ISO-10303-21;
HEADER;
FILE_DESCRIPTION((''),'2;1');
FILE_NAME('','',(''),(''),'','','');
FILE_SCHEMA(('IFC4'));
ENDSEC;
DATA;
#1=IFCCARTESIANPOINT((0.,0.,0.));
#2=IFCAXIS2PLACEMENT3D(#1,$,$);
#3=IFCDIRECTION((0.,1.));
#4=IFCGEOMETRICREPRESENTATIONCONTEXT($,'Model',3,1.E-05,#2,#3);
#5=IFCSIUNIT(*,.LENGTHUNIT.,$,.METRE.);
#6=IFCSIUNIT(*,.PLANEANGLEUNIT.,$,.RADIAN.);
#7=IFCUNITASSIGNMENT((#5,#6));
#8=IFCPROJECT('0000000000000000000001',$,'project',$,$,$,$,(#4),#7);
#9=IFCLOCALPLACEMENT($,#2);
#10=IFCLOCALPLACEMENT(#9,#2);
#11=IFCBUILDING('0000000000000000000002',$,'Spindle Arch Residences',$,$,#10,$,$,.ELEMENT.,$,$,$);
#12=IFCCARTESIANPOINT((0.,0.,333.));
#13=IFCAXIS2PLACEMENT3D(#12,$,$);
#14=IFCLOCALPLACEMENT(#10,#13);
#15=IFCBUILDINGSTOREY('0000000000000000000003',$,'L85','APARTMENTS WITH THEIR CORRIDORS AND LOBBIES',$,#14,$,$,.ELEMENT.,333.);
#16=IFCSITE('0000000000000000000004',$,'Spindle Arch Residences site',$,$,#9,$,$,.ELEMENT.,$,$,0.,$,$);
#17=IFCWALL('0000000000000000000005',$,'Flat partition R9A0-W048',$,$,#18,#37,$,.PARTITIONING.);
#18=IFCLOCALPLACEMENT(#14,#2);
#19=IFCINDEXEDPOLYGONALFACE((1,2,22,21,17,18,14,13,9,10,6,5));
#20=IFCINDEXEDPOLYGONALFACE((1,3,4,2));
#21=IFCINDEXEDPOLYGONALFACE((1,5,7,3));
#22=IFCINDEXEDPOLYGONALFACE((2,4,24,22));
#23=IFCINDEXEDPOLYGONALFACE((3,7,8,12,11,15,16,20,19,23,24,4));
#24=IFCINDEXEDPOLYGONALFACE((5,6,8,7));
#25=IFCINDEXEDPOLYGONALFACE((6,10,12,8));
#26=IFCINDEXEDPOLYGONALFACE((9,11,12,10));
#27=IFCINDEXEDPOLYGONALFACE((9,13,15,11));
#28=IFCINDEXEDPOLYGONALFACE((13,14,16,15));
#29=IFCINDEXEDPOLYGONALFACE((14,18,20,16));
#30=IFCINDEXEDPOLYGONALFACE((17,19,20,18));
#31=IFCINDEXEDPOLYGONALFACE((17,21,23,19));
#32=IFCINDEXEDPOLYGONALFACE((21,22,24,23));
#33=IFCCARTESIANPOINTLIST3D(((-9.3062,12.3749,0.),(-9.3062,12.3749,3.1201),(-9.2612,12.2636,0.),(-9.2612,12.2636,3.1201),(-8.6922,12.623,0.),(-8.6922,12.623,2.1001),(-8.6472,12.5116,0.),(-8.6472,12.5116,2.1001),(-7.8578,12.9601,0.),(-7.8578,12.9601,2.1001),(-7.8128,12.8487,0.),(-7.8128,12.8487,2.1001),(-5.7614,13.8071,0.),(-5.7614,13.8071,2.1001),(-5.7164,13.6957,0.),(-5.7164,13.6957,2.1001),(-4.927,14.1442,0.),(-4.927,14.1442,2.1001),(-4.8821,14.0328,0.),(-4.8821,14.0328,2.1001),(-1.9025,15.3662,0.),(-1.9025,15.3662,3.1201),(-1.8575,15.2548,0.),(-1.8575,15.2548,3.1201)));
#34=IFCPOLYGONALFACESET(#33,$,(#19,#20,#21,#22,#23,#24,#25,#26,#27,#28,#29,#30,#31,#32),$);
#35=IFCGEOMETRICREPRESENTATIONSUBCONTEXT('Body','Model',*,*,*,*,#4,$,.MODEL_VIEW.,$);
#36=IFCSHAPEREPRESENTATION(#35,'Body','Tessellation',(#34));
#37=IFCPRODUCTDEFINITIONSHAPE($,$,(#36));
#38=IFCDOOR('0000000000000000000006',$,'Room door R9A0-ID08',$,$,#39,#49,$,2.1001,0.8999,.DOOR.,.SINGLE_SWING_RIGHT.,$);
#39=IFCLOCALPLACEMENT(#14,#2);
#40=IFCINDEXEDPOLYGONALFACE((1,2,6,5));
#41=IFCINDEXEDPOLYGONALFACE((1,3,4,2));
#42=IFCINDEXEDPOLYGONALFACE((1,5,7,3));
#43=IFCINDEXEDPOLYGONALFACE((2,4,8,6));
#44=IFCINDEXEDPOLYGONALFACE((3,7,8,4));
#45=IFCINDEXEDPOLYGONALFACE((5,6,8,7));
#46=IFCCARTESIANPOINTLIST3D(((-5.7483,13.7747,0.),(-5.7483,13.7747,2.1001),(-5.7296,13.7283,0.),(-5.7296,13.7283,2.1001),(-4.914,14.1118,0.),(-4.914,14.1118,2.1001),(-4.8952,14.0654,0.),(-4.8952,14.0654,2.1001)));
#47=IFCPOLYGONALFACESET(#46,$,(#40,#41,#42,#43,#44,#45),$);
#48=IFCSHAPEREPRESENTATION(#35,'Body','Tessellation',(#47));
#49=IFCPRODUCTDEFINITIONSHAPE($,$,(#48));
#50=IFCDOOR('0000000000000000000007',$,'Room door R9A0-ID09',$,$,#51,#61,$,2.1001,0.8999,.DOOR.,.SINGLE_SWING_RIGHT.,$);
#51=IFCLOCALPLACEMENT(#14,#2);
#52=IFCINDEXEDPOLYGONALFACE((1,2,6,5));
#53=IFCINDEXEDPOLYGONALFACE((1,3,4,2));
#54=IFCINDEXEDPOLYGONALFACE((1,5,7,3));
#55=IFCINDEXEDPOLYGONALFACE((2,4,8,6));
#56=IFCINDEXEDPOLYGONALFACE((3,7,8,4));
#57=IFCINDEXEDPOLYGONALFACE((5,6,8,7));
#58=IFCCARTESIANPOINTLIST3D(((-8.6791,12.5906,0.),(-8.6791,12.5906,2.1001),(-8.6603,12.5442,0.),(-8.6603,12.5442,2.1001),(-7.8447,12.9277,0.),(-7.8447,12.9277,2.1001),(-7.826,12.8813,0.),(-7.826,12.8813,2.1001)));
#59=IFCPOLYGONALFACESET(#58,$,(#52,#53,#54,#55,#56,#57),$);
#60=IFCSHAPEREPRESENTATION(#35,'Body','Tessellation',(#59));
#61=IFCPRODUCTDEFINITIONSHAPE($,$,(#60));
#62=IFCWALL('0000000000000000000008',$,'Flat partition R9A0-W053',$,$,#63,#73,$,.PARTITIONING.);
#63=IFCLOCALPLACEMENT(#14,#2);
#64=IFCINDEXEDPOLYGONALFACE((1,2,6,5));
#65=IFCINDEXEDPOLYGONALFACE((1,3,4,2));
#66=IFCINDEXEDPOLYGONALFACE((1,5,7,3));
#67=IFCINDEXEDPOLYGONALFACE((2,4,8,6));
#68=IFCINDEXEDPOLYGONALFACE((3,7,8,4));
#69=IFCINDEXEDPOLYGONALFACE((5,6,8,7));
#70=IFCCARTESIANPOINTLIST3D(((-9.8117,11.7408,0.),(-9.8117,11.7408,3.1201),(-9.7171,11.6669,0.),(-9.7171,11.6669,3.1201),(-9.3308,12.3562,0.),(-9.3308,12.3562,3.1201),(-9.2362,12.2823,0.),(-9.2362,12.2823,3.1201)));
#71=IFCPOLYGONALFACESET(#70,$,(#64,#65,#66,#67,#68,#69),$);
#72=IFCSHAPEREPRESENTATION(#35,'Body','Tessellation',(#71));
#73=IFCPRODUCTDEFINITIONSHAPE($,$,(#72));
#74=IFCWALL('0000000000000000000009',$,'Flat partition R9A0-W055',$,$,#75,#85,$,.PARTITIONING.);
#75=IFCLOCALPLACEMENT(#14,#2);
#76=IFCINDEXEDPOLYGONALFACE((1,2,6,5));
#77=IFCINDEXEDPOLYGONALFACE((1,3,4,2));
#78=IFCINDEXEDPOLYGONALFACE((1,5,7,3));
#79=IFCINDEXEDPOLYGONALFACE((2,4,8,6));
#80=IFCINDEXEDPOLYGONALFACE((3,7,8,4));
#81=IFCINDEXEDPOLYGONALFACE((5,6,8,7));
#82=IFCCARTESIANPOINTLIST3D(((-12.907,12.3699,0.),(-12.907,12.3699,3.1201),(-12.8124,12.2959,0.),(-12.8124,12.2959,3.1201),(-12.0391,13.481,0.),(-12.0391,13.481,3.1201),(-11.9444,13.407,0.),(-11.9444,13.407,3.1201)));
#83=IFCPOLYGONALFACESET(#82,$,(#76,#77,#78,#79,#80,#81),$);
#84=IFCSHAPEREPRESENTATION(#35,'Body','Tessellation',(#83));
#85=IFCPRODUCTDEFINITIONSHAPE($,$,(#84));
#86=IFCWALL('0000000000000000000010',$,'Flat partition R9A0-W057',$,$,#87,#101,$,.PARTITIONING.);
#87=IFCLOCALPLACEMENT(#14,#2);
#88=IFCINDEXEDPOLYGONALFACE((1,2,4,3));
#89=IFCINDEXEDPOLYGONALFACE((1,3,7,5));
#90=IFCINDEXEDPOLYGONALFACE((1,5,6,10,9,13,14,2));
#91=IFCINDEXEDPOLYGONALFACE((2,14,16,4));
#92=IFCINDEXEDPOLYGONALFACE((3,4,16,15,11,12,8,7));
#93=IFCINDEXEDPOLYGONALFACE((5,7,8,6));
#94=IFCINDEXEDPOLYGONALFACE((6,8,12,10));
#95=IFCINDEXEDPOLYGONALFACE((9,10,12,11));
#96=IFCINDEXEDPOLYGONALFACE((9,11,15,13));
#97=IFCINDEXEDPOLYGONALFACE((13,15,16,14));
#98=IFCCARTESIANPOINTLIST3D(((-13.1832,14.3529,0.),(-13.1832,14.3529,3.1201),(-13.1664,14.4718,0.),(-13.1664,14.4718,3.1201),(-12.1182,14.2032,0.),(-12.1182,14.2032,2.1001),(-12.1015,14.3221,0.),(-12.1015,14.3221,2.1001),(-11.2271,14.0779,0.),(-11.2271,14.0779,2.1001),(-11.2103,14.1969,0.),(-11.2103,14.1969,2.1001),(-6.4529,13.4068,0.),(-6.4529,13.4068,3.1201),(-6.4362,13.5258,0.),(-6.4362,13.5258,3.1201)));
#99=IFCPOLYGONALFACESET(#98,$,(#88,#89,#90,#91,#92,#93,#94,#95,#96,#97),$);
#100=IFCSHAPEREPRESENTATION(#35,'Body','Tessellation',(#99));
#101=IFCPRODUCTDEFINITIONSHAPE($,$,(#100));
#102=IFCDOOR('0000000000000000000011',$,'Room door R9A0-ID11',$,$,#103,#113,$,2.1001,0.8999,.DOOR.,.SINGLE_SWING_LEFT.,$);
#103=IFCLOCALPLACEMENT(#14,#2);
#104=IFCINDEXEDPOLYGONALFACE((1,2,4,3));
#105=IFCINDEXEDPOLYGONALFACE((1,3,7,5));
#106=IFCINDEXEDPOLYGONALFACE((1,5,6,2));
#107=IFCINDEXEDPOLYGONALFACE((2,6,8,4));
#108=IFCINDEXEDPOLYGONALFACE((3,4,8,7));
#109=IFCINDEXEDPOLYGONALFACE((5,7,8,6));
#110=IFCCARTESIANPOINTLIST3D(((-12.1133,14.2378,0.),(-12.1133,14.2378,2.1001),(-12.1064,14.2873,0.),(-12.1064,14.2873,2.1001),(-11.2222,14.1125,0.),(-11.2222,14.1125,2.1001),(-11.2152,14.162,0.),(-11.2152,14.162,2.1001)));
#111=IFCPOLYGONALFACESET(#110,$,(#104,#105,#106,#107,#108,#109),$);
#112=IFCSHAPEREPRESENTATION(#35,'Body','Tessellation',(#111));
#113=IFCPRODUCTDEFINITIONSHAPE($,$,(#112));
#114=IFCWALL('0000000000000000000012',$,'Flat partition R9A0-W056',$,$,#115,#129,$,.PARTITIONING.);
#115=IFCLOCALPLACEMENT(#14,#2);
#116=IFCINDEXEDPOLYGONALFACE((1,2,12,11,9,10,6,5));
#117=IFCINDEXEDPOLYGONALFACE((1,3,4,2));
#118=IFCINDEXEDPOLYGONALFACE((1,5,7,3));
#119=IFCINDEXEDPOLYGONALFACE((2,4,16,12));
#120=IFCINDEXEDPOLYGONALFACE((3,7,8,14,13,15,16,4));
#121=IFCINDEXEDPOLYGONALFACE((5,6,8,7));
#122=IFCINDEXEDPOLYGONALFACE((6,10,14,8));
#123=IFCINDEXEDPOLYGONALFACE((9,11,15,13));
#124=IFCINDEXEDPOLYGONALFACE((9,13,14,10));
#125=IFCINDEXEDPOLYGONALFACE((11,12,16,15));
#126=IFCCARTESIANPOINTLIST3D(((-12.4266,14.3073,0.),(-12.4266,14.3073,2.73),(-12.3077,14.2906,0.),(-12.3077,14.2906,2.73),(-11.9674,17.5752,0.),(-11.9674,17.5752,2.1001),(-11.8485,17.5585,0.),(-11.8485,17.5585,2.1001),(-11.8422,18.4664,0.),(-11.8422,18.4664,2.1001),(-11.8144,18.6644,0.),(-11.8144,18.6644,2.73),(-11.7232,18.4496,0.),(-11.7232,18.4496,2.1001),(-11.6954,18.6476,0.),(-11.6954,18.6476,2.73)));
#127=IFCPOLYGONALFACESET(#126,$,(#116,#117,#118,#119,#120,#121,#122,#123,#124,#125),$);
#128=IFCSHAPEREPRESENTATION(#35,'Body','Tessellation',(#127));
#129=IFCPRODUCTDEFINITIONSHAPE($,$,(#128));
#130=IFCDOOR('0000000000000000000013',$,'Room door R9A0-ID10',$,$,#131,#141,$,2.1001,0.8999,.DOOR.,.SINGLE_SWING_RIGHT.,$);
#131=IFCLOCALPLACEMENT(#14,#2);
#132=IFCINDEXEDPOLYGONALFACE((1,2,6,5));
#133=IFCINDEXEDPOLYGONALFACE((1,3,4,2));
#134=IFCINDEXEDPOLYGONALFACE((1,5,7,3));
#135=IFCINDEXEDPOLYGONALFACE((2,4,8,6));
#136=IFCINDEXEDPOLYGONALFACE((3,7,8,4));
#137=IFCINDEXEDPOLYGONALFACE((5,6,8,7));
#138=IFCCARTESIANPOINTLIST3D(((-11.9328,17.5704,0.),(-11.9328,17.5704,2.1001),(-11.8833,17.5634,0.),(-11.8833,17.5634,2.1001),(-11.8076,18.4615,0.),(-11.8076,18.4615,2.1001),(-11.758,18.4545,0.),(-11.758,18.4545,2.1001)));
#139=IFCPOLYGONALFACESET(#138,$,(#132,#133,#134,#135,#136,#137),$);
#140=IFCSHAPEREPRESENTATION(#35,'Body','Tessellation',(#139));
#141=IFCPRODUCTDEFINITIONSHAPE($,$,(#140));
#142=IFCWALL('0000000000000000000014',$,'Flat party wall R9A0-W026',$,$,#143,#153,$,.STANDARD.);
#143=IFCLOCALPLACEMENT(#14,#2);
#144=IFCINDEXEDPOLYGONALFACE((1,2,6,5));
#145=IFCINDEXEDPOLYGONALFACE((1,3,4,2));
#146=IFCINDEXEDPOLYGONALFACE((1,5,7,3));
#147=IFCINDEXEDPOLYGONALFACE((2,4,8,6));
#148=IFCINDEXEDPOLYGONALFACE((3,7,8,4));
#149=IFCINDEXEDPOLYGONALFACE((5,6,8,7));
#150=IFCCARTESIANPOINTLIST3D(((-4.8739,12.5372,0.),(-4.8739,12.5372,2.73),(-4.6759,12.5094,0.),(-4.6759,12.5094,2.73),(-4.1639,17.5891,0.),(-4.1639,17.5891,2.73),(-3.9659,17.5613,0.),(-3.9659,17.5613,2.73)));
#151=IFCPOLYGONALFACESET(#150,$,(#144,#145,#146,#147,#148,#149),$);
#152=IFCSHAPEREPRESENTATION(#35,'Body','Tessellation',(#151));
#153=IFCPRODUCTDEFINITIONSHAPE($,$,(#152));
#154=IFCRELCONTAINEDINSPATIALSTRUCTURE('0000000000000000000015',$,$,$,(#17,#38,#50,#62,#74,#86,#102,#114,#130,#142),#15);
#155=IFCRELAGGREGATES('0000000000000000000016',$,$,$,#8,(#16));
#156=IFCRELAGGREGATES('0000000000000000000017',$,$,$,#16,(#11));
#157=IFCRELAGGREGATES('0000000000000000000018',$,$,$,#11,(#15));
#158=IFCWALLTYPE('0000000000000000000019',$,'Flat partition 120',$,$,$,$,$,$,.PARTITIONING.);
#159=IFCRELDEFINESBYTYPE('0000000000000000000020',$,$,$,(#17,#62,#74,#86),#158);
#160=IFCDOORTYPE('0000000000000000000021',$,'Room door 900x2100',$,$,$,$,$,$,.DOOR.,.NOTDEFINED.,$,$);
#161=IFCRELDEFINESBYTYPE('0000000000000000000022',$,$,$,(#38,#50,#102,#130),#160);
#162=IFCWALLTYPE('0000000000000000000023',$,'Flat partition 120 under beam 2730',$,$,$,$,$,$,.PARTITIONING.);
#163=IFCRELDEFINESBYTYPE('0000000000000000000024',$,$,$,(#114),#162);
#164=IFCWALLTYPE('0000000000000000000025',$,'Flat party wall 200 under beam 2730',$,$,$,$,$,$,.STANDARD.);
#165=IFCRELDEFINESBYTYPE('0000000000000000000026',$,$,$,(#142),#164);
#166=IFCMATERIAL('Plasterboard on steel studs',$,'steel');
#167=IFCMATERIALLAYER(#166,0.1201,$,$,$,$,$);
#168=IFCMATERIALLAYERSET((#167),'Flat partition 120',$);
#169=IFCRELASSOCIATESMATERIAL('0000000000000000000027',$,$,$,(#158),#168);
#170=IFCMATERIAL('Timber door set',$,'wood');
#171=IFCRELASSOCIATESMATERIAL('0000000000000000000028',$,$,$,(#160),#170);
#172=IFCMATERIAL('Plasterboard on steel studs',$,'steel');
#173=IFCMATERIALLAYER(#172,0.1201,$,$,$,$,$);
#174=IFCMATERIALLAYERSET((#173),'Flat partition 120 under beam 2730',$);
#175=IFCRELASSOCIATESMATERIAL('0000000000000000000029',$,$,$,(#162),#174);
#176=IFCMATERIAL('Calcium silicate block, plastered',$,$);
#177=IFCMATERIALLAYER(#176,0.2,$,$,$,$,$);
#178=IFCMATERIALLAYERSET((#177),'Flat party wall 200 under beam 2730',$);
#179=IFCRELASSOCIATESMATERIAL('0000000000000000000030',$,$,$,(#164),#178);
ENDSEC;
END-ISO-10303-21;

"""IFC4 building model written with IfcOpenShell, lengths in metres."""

from ifc_helpers import new_model, si_unit, direction, frame, frame_2d, origin, place, context, subcontext, project, spatial, rectangle, extrude, material, layer, layer_set, type_object, element, fill, save


model = new_model("IFC4")

# Units and contexts
model_context = context("Model", 3, precision=1e-05, world=origin(), true_north=direction((0.0, 1.0)))
body_context = subcontext(model_context, "Body", "Model", "MODEL_VIEW")
ifc_project = project(units=[si_unit("LENGTHUNIT", "METRE"), si_unit("PLANEANGLEUNIT", "RADIAN")], contexts=[model_context])

# Site, building, storey
site_placement = place(None, origin())
site = spatial("IfcSite", under=ifc_project, at=site_placement, Name="Spindle Arch Residences site", CompositionType="ELEMENT", RefElevation=0.0)
building_placement = place(site_placement, origin())
building = spatial("IfcBuilding", under=site, at=building_placement, Name="Spindle Arch Residences", CompositionType="ELEMENT")
storey_placement = place(building_placement, frame((0.0, 0.0, 333.0)))
storey = spatial("IfcBuildingStorey", under=building, at=storey_placement, Name="L85", Description="APARTMENTS WITH THEIR CORRIDORS AND LOBBIES", CompositionType="ELEMENT", Elevation=333.0)

# Wall, openings, doors
ifc_material_1 = material(Name="Plasterboard on steel studs", Category="steel")
ifc_layer_1 = layer(ifc_material_1, 0.1201)
ifc_layer_set_1 = layer_set([ifc_layer_1], Name="Flat partition 120")
wall_type_1 = type_object("IfcWallType", Name="Flat partition 120", PredefinedType="PARTITIONING", material=ifc_layer_set_1)
wall_1_placement = place(storey_placement, frame((-1.8799, 15.3105, 0.0), z_axis=(0.0, 0.0, 1.0), x_axis=(-0.927185, -0.374604, 0.0)))
wall_1 = element("IfcWall", 1, at=wall_1_placement, inside=storey, type_object=wall_type_1, Name="Flat partition R9A0-W048", PredefinedType="PARTITIONING", context=body_context, shape_type="SweptSolid", body=[
    extrude(rectangle(XDim=7.9851, YDim=0.1201, at=frame_2d((3.9927, 0.0))), origin(), (0.0, 0.0, 1.0), 3.1201),
])
opening_1_placement = place(wall_1_placement, frame((3.2622, 0.0, 0.0)))
opening_1 = element("IfcOpeningElement", 2, at=opening_1_placement, cuts=wall_1, PredefinedType="OPENING", context=body_context, shape_type="SweptSolid", body=[
    extrude(rectangle(XDim=0.8999, YDim=2.1001, at=frame_2d((0.45, 1.05))), frame((0.0, 0.0701, 0.0), z_axis=(0.0, -1.0, 0.0), x_axis=(1.0, 0.0, 0.0)), (0.0, 0.0, 1.0), 0.1401),
])
opening_2_placement = place(wall_1_placement, frame((6.4231, 0.0, 0.0)))
opening_2 = element("IfcOpeningElement", 3, at=opening_2_placement, cuts=wall_1, PredefinedType="OPENING", context=body_context, shape_type="SweptSolid", body=[
    extrude(rectangle(XDim=0.8999, YDim=2.1001, at=frame_2d((0.45, 1.05))), frame((0.0, 0.0701, 0.0), z_axis=(0.0, -1.0, 0.0), x_axis=(1.0, 0.0, 0.0)), (0.0, 0.0, 1.0), 0.1401),
])
ifc_material_2 = material(Name="Timber door set", Category="wood")
door_type_1 = type_object("IfcDoorType", Name="Room door 900x2100", OperationType="NOTDEFINED", PredefinedType="DOOR", material=ifc_material_2)
door_1_placement = place(opening_1_placement, origin())
door_1 = element("IfcDoor", 4, at=door_1_placement, inside=storey, type_object=door_type_1, Name="Room door R9A0-ID08", OperationType="SINGLE_SWING_RIGHT", OverallHeight=2.1001, OverallWidth=0.8999, PredefinedType="DOOR", context=body_context, shape_type="SweptSolid", body=[
    extrude(rectangle(XDim=0.8999, YDim=2.1001, at=frame_2d((0.45, 1.05))), frame((0.0, 0.0249, 0.0), z_axis=(0.0, -1.0, 0.0), x_axis=(1.0, 0.0, 0.0)), (0.0, 0.0, 1.0), 0.05),
])
fill(opening_1, door_1)
door_2_placement = place(opening_2_placement, origin())
door_2 = element("IfcDoor", 5, at=door_2_placement, inside=storey, type_object=door_type_1, Name="Room door R9A0-ID09", OperationType="SINGLE_SWING_RIGHT", OverallHeight=2.1001, OverallWidth=0.8999, PredefinedType="DOOR", context=body_context, shape_type="SweptSolid", body=[
    extrude(rectangle(XDim=0.8999, YDim=2.1001, at=frame_2d((0.45, 1.05))), frame((0.0, 0.0249, 0.0), z_axis=(0.0, -1.0, 0.0), x_axis=(1.0, 0.0, 0.0)), (0.0, 0.0, 1.0), 0.05),
])
fill(opening_2, door_2)

# Walls
wall_2_placement = place(storey_placement, frame((-9.2834, 12.3193, 0.0), z_axis=(0.0, 0.0, 1.0), x_axis=(-0.615735, -0.787953, 0.0)))
element("IfcWall", 6, at=wall_2_placement, inside=storey, type_object=wall_type_1, Name="Flat partition R9A0-W053", PredefinedType="PARTITIONING", context=body_context, shape_type="SweptSolid", body=[
    extrude(rectangle(XDim=0.781, YDim=0.1201, at=frame_2d((0.3906, 0.0))), origin(), (0.0, 0.0, 1.0), 3.1201),
])
wall_3_placement = place(storey_placement, frame((-11.9917, 13.4441, 0.0), z_axis=(0.0, 0.0, 1.0), x_axis=(-0.615594, -0.788064, 0.0)))
element("IfcWall", 7, at=wall_3_placement, inside=storey, type_object=wall_type_1, Name="Flat partition R9A0-W055", PredefinedType="PARTITIONING", context=body_context, shape_type="SweptSolid", body=[
    extrude(rectangle(XDim=1.4099, YDim=0.1201, at=frame_2d((0.7051, 0.0))), origin(), (0.0, 0.0, 1.0), 3.1201),
])

# Walls, openings, doors
wall_4_placement = place(storey_placement, frame((-13.1748, 14.4124, 0.0), z_axis=(0.0, 0.0, 1.0), x_axis=(0.990265, -0.139198, 0.0)))
wall_4 = element("IfcWall", 8, at=wall_4_placement, inside=storey, type_object=wall_type_1, Name="Flat partition R9A0-W057", PredefinedType="PARTITIONING", context=body_context, shape_type="SweptSolid", body=[
    extrude(rectangle(XDim=6.7964, YDim=0.1201, at=frame_2d((3.3982, 0.0))), origin(), (0.0, 0.0, 1.0), 3.1201),
])
opening_3_placement = place(wall_4_placement, frame((1.0754, 0.0, 0.0)))
opening_3 = element("IfcOpeningElement", 9, at=opening_3_placement, cuts=wall_4, PredefinedType="OPENING", context=body_context, shape_type="SweptSolid", body=[
    extrude(rectangle(XDim=0.8999, YDim=2.1001, at=frame_2d((0.45, 1.05))), frame((0.0, 0.0701, 0.0), z_axis=(0.0, -1.0, 0.0), x_axis=(1.0, 0.0, 0.0)), (0.0, 0.0, 1.0), 0.1401),
])
door_3_placement = place(opening_3_placement, origin())
door_3 = element("IfcDoor", 10, at=door_3_placement, inside=storey, type_object=door_type_1, Name="Room door R9A0-ID11", OperationType="SINGLE_SWING_LEFT", OverallHeight=2.1001, OverallWidth=0.8999, PredefinedType="DOOR", context=body_context, shape_type="SweptSolid", body=[
    extrude(rectangle(XDim=0.8999, YDim=2.1001, at=frame_2d((0.45, 1.05))), frame((0.0, 0.0249, 0.0), z_axis=(0.0, -1.0, 0.0), x_axis=(1.0, 0.0, 0.0)), (0.0, 0.0, 1.0), 0.05),
])
fill(opening_3, door_3)
ifc_material_3 = material(Name="Plasterboard on steel studs", Category="steel")
ifc_layer_2 = layer(ifc_material_3, 0.1201)
ifc_layer_set_2 = layer_set([ifc_layer_2], Name="Flat partition 120 under beam 2730")
wall_type_2 = type_object("IfcWallType", Name="Flat partition 120 under beam 2730", PredefinedType="PARTITIONING", material=ifc_layer_set_2)
wall_5_placement = place(storey_placement, frame((-11.7549, 18.656, 0.0), z_axis=(0.0, 0.0, 1.0), x_axis=(-0.13916, -0.99027, 0.0)))
wall_5 = element("IfcWall", 11, at=wall_5_placement, inside=storey, type_object=wall_type_2, Name="Flat partition R9A0-W056", PredefinedType="PARTITIONING", context=body_context, shape_type="SweptSolid", body=[
    extrude(rectangle(XDim=4.3999, YDim=0.1201, at=frame_2d((2.2, 0.0))), origin(), (0.0, 0.0, 1.0), 2.73),
])
opening_4_placement = place(wall_5_placement, frame((0.2, 0.0, 0.0)))
opening_4 = element("IfcOpeningElement", 12, at=opening_4_placement, cuts=wall_5, PredefinedType="OPENING", context=body_context, shape_type="SweptSolid", body=[
    extrude(rectangle(XDim=0.8999, YDim=2.1001, at=frame_2d((0.45, 1.05))), frame((0.0, 0.0701, 0.0), z_axis=(0.0, -1.0, 0.0), x_axis=(1.0, 0.0, 0.0)), (0.0, 0.0, 1.0), 0.1401),
])
door_4_placement = place(opening_4_placement, origin())
door_4 = element("IfcDoor", 13, at=door_4_placement, inside=storey, type_object=door_type_1, Name="Room door R9A0-ID10", OperationType="SINGLE_SWING_RIGHT", OverallHeight=2.1001, OverallWidth=0.8999, PredefinedType="DOOR", context=body_context, shape_type="SweptSolid", body=[
    extrude(rectangle(XDim=0.8999, YDim=2.1001, at=frame_2d((0.45, 1.05))), frame((0.0, 0.0249, 0.0), z_axis=(0.0, -1.0, 0.0), x_axis=(1.0, 0.0, 0.0)), (0.0, 0.0, 1.0), 0.05),
])
fill(opening_4, door_4)

# Wall
ifc_material_4 = material(Name="Calcium silicate block, plastered")
ifc_layer_3 = layer(ifc_material_4, 0.2)
ifc_layer_set_3 = layer_set([ifc_layer_3], Name="Flat party wall 200 under beam 2730")
wall_type_3 = type_object("IfcWallType", Name="Flat party wall 200 under beam 2730", PredefinedType="STANDARD", material=ifc_layer_set_3)
wall_6_placement = place(storey_placement, frame((-4.0649, 17.5752, 0.0), z_axis=(0.0, 0.0, 1.0), x_axis=(-0.139163, -0.990269, 0.0)))
element("IfcWall", 14, at=wall_6_placement, inside=storey, type_object=wall_type_3, Name="Flat party wall R9A0-W026", PredefinedType="STANDARD", context=body_context, shape_type="SweptSolid", body=[
    extrude(rectangle(XDim=5.1016, YDim=0.2, at=frame_2d((2.5508, 0.0))), origin(), (0.0, 0.0, 1.0), 2.73),
])

save(model, "model.ifc")
